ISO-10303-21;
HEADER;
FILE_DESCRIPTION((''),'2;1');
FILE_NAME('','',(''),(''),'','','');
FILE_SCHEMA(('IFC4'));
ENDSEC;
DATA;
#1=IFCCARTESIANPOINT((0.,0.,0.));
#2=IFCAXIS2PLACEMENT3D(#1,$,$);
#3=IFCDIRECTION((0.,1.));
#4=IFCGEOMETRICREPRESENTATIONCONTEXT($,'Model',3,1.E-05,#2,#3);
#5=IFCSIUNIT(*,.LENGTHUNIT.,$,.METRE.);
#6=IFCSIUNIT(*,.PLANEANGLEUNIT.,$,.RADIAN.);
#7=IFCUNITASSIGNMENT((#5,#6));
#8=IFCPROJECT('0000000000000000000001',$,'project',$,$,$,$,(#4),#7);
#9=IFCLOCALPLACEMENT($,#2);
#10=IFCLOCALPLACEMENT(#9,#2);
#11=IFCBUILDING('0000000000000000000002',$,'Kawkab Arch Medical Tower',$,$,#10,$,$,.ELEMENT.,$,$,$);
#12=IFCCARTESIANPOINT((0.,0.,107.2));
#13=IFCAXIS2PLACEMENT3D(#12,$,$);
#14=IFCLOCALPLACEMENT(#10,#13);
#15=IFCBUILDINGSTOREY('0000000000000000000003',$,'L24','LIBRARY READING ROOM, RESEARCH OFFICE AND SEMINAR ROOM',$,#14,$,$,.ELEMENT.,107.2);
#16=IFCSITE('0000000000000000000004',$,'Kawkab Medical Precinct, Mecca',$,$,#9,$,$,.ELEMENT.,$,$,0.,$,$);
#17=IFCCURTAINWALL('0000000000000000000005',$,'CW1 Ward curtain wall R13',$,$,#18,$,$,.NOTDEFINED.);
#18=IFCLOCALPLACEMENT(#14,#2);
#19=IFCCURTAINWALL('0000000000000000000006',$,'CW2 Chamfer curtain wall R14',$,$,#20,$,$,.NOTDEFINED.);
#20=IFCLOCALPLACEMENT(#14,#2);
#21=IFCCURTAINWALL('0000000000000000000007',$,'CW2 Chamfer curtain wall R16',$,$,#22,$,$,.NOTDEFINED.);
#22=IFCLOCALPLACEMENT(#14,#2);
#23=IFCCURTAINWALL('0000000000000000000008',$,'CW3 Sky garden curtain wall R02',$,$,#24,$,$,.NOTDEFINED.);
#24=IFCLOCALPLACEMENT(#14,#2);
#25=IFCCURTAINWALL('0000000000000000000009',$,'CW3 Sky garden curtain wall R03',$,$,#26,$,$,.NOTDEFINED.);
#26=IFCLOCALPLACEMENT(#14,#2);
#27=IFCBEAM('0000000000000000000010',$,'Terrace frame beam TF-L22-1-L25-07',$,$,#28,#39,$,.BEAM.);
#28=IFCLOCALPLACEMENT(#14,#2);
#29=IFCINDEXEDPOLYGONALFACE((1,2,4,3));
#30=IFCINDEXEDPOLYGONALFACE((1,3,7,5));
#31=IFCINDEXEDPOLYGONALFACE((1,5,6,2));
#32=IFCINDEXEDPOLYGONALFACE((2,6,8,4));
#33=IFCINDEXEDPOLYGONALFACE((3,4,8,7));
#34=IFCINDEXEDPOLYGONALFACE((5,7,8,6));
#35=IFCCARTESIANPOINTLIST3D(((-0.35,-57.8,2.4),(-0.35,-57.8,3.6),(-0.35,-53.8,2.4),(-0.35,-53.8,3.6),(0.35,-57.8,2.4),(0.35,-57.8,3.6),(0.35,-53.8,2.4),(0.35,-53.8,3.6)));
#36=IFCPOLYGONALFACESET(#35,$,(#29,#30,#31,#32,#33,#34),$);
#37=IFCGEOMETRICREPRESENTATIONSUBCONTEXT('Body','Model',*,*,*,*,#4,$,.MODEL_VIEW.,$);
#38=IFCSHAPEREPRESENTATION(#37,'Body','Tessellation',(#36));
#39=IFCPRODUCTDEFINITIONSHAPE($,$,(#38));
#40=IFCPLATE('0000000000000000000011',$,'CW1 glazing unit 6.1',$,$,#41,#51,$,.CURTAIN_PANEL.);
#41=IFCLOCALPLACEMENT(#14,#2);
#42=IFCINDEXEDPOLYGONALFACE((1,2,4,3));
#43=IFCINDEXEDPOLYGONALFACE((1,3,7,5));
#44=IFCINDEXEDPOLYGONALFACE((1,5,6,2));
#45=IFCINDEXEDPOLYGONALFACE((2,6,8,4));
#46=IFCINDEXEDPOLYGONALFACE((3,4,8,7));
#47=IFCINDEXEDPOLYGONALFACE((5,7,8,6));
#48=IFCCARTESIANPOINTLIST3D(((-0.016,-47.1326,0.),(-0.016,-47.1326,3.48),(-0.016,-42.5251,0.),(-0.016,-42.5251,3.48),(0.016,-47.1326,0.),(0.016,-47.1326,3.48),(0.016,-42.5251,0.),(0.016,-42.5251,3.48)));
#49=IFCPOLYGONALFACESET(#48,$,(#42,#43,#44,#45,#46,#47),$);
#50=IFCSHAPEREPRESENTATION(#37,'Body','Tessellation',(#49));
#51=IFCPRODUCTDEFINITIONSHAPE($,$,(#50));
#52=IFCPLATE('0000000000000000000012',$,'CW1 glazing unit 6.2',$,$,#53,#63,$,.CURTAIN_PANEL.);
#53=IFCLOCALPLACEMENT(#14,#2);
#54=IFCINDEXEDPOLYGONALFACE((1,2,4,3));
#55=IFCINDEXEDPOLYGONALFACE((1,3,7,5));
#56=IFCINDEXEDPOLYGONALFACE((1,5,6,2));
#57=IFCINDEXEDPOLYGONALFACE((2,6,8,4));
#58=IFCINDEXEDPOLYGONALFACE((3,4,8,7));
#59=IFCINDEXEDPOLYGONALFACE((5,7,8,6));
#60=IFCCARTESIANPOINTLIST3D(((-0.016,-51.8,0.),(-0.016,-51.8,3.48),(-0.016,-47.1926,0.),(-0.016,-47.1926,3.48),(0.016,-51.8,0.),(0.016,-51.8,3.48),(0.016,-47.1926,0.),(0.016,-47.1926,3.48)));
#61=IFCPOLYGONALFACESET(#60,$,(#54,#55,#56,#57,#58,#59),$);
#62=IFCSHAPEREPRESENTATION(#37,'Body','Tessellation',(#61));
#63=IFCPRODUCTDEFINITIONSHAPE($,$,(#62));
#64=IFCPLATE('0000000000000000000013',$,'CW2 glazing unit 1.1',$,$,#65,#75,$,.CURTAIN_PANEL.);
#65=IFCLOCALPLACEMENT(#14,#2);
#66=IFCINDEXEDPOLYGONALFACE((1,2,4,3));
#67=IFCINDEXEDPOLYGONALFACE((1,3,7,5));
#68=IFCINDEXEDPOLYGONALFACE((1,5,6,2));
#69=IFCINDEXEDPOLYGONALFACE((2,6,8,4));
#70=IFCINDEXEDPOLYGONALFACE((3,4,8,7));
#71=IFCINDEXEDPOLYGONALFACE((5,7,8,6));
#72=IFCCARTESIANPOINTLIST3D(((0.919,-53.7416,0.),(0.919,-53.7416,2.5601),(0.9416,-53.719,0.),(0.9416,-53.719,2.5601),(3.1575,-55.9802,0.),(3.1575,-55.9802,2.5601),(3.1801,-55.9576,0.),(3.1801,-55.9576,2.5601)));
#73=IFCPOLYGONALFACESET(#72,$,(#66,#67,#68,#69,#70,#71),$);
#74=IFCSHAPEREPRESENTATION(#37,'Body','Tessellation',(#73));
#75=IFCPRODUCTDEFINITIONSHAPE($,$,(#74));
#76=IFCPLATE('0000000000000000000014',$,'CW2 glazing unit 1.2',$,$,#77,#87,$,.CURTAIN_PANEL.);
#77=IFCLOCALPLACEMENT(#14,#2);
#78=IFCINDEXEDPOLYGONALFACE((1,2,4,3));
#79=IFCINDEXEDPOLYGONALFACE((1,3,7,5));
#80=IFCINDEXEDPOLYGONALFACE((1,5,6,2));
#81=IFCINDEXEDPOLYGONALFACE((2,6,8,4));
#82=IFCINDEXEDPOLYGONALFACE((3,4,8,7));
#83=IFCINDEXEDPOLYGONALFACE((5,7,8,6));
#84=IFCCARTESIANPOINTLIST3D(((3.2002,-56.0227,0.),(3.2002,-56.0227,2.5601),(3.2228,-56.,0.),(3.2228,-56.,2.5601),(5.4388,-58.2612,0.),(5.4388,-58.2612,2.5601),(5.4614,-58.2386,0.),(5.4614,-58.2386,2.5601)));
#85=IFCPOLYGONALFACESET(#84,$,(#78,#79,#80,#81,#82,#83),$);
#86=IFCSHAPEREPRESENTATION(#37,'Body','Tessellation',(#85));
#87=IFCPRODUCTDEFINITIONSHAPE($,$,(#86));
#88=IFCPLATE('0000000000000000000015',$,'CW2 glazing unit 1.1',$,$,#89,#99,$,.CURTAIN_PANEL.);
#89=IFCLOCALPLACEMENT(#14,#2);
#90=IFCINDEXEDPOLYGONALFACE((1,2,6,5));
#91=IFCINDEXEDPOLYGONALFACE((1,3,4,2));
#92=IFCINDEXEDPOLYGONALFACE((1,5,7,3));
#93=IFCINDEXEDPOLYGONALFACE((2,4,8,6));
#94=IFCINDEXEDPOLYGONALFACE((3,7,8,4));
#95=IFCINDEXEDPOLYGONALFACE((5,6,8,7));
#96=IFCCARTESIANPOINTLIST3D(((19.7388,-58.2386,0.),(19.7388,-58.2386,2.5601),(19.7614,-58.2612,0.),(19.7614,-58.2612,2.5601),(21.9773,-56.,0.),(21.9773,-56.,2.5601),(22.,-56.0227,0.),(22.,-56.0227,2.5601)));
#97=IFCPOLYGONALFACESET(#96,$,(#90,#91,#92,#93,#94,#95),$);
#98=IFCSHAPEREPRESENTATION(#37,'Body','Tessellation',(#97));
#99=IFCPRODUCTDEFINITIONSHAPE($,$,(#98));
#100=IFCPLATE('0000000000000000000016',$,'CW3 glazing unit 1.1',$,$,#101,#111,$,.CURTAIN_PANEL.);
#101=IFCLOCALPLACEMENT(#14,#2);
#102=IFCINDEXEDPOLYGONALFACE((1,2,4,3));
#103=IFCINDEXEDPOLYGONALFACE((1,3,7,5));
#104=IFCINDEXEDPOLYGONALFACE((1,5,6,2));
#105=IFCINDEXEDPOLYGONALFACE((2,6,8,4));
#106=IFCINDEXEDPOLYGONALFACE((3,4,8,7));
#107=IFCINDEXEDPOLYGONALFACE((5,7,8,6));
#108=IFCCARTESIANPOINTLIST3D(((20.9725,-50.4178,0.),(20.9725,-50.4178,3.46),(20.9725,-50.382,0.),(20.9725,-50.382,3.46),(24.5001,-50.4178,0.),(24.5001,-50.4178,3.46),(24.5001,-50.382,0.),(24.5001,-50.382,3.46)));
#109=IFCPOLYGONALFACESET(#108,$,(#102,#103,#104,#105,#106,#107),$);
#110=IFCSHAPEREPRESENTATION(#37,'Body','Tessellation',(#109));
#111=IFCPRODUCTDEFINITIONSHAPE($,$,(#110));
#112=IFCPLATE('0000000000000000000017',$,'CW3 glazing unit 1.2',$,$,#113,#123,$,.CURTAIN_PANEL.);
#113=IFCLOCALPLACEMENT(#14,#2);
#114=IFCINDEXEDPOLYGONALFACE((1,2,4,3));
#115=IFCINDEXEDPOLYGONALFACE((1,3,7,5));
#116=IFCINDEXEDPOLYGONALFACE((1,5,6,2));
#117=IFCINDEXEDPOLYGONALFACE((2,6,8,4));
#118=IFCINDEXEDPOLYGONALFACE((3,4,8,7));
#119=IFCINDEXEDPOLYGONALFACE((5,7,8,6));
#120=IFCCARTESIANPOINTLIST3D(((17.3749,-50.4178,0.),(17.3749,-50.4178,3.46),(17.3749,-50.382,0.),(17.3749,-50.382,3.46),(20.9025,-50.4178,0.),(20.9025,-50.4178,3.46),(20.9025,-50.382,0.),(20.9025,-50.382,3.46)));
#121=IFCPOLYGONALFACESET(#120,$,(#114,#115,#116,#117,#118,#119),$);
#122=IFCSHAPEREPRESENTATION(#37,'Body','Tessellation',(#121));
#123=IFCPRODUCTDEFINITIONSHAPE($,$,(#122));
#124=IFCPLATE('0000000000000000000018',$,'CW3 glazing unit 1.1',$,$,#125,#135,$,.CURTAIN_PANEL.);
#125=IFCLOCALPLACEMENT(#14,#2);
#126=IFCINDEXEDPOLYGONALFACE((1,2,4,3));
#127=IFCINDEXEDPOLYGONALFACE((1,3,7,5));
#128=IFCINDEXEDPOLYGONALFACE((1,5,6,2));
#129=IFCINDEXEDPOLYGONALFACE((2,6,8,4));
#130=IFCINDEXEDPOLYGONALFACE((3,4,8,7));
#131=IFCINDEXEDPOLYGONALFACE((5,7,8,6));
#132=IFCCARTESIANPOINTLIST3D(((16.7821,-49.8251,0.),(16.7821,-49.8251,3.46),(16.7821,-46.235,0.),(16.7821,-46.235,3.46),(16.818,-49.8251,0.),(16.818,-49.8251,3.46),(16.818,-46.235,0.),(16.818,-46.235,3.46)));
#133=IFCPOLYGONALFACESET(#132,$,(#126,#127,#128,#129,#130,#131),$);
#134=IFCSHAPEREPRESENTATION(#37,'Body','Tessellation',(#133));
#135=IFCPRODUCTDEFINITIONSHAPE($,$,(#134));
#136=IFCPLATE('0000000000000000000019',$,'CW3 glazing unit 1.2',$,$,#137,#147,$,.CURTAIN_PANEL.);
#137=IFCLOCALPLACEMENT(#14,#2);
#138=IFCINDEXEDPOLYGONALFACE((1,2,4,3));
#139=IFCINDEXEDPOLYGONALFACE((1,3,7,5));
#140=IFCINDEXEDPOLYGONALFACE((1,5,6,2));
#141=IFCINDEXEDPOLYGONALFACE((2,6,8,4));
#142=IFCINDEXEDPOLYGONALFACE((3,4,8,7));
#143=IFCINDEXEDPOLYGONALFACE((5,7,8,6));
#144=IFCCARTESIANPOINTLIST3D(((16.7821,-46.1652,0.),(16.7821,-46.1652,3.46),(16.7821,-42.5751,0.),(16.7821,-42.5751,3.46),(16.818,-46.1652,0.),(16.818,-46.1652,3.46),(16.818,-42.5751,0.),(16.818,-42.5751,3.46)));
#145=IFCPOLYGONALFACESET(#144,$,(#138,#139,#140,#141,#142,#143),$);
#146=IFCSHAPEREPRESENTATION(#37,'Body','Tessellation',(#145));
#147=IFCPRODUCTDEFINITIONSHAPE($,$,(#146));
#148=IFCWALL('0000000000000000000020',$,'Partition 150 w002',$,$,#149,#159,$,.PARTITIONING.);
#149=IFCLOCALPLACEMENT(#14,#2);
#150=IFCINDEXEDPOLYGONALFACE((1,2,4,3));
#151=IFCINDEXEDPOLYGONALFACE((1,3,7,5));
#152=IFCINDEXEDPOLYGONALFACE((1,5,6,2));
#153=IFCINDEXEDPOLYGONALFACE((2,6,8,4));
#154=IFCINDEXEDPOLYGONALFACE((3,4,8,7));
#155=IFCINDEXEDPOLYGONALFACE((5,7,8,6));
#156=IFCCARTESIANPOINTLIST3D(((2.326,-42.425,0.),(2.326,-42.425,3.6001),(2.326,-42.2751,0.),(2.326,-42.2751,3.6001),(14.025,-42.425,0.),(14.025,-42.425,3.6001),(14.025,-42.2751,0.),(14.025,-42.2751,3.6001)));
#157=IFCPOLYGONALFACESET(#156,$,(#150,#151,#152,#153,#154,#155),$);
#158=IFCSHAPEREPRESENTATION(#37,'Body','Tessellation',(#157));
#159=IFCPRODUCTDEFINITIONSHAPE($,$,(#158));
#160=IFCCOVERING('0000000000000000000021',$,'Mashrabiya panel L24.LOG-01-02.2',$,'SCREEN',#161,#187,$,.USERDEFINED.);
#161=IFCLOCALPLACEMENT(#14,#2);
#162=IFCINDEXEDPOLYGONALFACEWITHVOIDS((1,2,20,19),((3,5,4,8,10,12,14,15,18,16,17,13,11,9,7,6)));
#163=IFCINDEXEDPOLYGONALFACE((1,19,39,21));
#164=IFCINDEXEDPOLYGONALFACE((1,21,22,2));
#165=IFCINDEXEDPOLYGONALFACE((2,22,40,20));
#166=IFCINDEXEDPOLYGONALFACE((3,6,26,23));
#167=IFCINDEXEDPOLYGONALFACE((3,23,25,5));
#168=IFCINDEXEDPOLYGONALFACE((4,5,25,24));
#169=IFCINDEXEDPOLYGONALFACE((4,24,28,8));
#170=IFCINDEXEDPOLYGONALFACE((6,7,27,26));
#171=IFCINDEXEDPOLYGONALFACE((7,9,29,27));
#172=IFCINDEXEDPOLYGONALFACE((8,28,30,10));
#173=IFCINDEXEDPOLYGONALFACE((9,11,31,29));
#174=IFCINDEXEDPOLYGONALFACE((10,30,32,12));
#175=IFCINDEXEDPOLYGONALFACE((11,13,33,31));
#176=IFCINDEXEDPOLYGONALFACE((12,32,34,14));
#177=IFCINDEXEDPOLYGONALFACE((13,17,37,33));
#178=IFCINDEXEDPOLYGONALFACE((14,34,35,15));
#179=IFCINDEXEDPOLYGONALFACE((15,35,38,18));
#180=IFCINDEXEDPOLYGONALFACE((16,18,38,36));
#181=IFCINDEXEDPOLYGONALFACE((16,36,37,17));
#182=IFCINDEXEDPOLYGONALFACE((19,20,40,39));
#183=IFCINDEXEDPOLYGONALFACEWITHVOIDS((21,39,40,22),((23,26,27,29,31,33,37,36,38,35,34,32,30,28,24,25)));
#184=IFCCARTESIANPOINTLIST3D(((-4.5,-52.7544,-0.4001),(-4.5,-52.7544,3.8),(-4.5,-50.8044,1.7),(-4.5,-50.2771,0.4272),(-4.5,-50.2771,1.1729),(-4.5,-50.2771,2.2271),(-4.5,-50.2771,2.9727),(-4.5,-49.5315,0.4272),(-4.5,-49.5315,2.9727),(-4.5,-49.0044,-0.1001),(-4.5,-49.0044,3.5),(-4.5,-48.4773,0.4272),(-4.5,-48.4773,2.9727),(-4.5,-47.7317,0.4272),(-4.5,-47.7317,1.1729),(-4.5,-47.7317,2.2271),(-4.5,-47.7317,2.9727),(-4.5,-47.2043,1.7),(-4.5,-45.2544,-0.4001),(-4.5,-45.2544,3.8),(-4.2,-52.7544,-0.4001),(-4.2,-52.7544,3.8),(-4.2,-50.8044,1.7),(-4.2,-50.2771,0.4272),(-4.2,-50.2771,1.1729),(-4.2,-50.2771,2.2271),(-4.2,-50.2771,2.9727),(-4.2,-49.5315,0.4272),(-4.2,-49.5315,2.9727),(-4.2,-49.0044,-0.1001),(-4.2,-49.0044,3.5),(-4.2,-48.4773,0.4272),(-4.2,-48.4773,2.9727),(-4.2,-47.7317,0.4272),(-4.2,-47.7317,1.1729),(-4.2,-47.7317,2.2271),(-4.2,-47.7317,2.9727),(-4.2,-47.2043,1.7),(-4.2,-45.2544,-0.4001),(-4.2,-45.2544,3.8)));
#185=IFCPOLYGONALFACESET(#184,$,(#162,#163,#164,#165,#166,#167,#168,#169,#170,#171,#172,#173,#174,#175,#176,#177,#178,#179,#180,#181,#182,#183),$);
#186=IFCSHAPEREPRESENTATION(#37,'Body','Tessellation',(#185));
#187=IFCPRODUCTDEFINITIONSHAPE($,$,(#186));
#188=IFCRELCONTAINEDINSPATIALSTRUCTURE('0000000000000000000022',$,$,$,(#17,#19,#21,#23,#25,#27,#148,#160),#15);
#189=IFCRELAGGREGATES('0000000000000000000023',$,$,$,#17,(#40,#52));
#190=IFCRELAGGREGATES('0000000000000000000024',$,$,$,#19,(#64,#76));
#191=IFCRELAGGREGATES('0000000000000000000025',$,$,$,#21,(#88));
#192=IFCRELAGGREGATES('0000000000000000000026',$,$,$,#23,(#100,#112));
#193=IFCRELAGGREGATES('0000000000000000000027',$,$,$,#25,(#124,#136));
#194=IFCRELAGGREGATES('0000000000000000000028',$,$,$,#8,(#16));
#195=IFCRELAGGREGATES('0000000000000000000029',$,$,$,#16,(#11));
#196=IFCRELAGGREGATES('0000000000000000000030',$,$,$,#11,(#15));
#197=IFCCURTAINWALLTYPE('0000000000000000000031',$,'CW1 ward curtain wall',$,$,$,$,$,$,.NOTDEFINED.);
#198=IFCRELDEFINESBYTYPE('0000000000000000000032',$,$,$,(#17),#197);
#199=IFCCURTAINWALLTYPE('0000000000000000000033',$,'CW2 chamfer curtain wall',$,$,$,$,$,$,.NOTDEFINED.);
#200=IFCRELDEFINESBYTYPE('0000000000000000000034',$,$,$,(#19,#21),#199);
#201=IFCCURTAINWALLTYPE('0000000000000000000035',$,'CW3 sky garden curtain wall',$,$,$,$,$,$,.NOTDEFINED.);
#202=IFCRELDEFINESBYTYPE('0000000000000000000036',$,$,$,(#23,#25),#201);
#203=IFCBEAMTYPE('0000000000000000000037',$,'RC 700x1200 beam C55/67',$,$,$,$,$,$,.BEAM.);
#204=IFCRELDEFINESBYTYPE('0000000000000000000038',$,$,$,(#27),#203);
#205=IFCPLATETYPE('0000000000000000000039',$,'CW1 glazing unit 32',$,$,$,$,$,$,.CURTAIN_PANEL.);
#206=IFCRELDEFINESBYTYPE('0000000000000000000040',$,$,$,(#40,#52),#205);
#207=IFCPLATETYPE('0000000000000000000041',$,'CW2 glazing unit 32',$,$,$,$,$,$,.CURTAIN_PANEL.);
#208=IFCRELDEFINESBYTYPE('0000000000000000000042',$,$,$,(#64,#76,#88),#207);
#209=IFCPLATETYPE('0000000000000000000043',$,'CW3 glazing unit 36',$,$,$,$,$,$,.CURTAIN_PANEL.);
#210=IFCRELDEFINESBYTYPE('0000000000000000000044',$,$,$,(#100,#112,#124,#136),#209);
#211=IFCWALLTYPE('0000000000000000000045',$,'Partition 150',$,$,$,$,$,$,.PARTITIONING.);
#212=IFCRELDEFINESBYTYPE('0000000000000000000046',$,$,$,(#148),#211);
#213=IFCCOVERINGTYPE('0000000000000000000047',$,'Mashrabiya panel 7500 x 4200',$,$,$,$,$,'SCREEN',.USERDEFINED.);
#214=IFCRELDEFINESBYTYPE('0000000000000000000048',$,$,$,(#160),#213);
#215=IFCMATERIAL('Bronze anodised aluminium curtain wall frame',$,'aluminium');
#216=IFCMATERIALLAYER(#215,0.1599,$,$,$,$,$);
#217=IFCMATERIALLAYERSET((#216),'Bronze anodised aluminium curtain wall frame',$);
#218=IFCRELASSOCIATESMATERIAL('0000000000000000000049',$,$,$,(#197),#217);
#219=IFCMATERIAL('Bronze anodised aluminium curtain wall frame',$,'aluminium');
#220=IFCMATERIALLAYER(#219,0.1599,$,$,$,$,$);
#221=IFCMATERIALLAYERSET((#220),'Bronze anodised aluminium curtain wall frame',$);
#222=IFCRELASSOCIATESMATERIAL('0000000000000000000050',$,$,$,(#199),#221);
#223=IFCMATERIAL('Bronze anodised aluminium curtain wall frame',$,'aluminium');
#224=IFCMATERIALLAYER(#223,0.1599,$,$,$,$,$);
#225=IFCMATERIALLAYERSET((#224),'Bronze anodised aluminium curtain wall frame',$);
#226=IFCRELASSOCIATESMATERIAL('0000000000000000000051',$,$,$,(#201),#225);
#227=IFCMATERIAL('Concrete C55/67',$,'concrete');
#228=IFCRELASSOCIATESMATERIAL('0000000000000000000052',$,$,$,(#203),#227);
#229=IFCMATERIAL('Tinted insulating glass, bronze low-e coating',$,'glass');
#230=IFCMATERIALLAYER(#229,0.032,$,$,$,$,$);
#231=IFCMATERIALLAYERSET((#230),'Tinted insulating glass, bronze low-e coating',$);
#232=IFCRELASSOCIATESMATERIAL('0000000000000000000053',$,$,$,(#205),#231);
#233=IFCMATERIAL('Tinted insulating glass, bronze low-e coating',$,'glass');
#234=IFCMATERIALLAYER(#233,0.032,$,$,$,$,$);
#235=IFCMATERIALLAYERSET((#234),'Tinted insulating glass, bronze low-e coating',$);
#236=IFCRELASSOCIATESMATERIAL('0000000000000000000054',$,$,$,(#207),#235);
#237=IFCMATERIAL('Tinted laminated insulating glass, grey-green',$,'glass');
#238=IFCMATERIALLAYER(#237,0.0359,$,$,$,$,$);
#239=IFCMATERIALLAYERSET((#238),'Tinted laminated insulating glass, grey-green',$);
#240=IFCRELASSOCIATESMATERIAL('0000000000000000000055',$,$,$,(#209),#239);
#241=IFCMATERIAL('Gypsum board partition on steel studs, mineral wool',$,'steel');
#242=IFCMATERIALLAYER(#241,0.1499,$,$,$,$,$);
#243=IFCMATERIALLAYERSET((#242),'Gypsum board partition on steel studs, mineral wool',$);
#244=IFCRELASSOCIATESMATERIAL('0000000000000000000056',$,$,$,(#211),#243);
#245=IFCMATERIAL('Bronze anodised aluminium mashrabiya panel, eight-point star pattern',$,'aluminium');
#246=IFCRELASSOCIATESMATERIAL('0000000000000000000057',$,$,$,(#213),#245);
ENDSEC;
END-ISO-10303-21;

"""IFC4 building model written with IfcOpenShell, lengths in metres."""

from ifc_helpers import new_model, si_unit, direction, frame, frame_2d, origin, origin_2d, place, context, subcontext, project, spatial, polyline, rectangle, outline, extrude, material, layer, layer_set, material_profile, profile_set, type_object, element, aggregate, save


model = new_model("IFC4")

# Units and contexts
model_context = context("Model", 3, precision=1e-05, world=origin(), true_north=direction((0.0, 1.0)))
body_context = subcontext(model_context, "Body", "Model", "MODEL_VIEW")
ifc_project = project(units=[si_unit("LENGTHUNIT", "METRE"), si_unit("PLANEANGLEUNIT", "RADIAN")], contexts=[model_context])

# Site, building, storey
site_placement = place(None, origin())
site = spatial("IfcSite", under=ifc_project, at=site_placement, Name="Kawkab Medical Precinct, Mecca", CompositionType="ELEMENT", RefElevation=0.0)
building_placement = place(site_placement, origin())
building = spatial("IfcBuilding", under=site, at=building_placement, Name="Kawkab Arch Medical Tower", CompositionType="ELEMENT")
storey_placement = place(building_placement, frame((0.0, 0.0, 107.2)))
storey = spatial("IfcBuildingStorey", under=building, at=storey_placement, Name="L24", Description="LIBRARY READING ROOM, RESEARCH OFFICE AND SEMINAR ROOM", CompositionType="ELEMENT", Elevation=107.2)

# Curtain wall
ifc_material_1 = material(Name="Bronze anodised aluminium curtain wall frame", Category="aluminium")
ifc_layer_1 = layer(ifc_material_1, 0.1599)
ifc_layer_set_1 = layer_set([ifc_layer_1], Name="Bronze anodised aluminium curtain wall frame")
curtain_wall_type_1 = type_object("IfcCurtainWallType", Name="CW1 ward curtain wall", PredefinedType="NOTDEFINED", material=ifc_layer_set_1)
placement = place(storey_placement, origin())
curtain_wall_1 = element("IfcCurtainWall", 1, at=placement, inside=storey, type_object=curtain_wall_type_1, Name="CW1 Ward curtain wall R13", PredefinedType="NOTDEFINED")

# Curtain walls
ifc_material_2 = material(Name="Bronze anodised aluminium curtain wall frame", Category="aluminium")
ifc_layer_2 = layer(ifc_material_2, 0.1599)
ifc_layer_set_2 = layer_set([ifc_layer_2], Name="Bronze anodised aluminium curtain wall frame")
curtain_wall_type_2 = type_object("IfcCurtainWallType", Name="CW2 chamfer curtain wall", PredefinedType="NOTDEFINED", material=ifc_layer_set_2)
curtain_wall_2 = element("IfcCurtainWall", 2, at=placement, inside=storey, type_object=curtain_wall_type_2, Name="CW2 Chamfer curtain wall R14", PredefinedType="NOTDEFINED")
curtain_wall_3 = element("IfcCurtainWall", 3, at=placement, inside=storey, type_object=curtain_wall_type_2, Name="CW2 Chamfer curtain wall R16", PredefinedType="NOTDEFINED")

# Curtain wall
ifc_material_3 = material(Name="Bronze anodised aluminium curtain wall frame", Category="aluminium")
ifc_layer_3 = layer(ifc_material_3, 0.1599)
ifc_layer_set_3 = layer_set([ifc_layer_3], Name="Bronze anodised aluminium curtain wall frame")
curtain_wall_type_3 = type_object("IfcCurtainWallType", Name="CW3 sky garden curtain wall", PredefinedType="NOTDEFINED", material=ifc_layer_set_3)
curtain_wall_4 = element("IfcCurtainWall", 4, at=placement, inside=storey, type_object=curtain_wall_type_3, Name="CW3 Sky garden curtain wall R02", PredefinedType="NOTDEFINED")

# Curtain wall
curtain_wall_5 = element("IfcCurtainWall", 5, at=placement, inside=storey, type_object=curtain_wall_type_3, Name="CW3 Sky garden curtain wall R03", PredefinedType="NOTDEFINED")

# Beam
ifc_material_4 = material(Name="Concrete C55/67", Category="concrete")
ifc_material_profile_1 = material_profile(ifc_material_4, rectangle(XDim=0.7, YDim=1.2, at=origin_2d()), Name="RC 700x1200")
ifc_profile_set_1 = profile_set([ifc_material_profile_1], Name="Concrete C55/67")
beam_type = type_object("IfcBeamType", Name="RC 700x1200 beam C55/67", PredefinedType="BEAM", material=ifc_profile_set_1)
beam_placement = place(storey_placement, frame((0.0, -57.8, 3.0), z_axis=(0.0, 1.0, 0.0), x_axis=(-1.0, 0.0, 0.0)))
element("IfcBeam", 6, at=beam_placement, inside=storey, type_object=beam_type, Name="Terrace frame beam TF-L22-1-L25-07", PredefinedType="BEAM", context=body_context, shape_type="SweptSolid", body=[
    extrude(rectangle(XDim=0.7, YDim=1.2, at=origin_2d()), origin(), (0.0, 0.0, 1.0), 4.0),
])

# Plates
ifc_material_5 = material(Name="Tinted insulating glass, bronze low-e coating", Category="glass")
ifc_layer_4 = layer(ifc_material_5, 0.032)
ifc_layer_set_4 = layer_set([ifc_layer_4], Name="Tinted insulating glass, bronze low-e coating")
plate_type_1 = type_object("IfcPlateType", Name="CW1 glazing unit 32", PredefinedType="CURTAIN_PANEL", material=ifc_layer_set_4)
plate_1_placement = place(storey_placement, frame((0.0, -44.8289, 0.0), z_axis=(0.0, 0.0, 1.0), x_axis=(0.0, -1.0, 0.0)))
plate_1 = element("IfcPlate", 7, at=plate_1_placement, type_object=plate_type_1, Name="CW1 glazing unit 6.1", PredefinedType="CURTAIN_PANEL", context=body_context, shape_type="SweptSolid", body=[
    extrude(rectangle(XDim=4.6074, YDim=0.032, at=origin_2d()), origin(), (0.0, 0.0, 1.0), 3.48),
])
plate_2_placement = place(storey_placement, frame((0.0, -49.4963, 0.0), z_axis=(0.0, 0.0, 1.0), x_axis=(0.0, -1.0, 0.0)))
plate_2 = element("IfcPlate", 8, at=plate_2_placement, type_object=plate_type_1, Name="CW1 glazing unit 6.2", PredefinedType="CURTAIN_PANEL", context=body_context, shape_type="SweptSolid", body=[
    extrude(rectangle(XDim=4.6074, YDim=0.032, at=origin_2d()), origin(), (0.0, 0.0, 1.0), 3.48),
])
aggregate(curtain_wall_1, [plate_1, plate_2])
ifc_material_6 = material(Name="Tinted insulating glass, bronze low-e coating", Category="glass")
ifc_layer_5 = layer(ifc_material_6, 0.032)
ifc_layer_set_5 = layer_set([ifc_layer_5], Name="Tinted insulating glass, bronze low-e coating")
plate_type_2 = type_object("IfcPlateType", Name="CW2 glazing unit 32", PredefinedType="CURTAIN_PANEL", material=ifc_layer_set_5)
plate_3_placement = place(storey_placement, frame((2.0496, -54.8496, 0.0), z_axis=(0.0, 0.0, 1.0), x_axis=(0.707107, -0.707107, 0.0)))
plate_3 = element("IfcPlate", 9, at=plate_3_placement, type_object=plate_type_2, Name="CW2 glazing unit 1.1", PredefinedType="CURTAIN_PANEL", context=body_context, shape_type="SweptSolid", body=[
    extrude(rectangle(XDim=3.1658, YDim=0.032, at=origin_2d()), origin(), (0.0, 0.0, 1.0), 2.5601),
])
plate_4_placement = place(storey_placement, frame((4.3308, -57.1306, 0.0), z_axis=(0.0, 0.0, 1.0), x_axis=(0.707107, -0.707107, 0.0)))
plate_4 = element("IfcPlate", 10, at=plate_4_placement, type_object=plate_type_2, Name="CW2 glazing unit 1.2", PredefinedType="CURTAIN_PANEL", context=body_context, shape_type="SweptSolid", body=[
    extrude(rectangle(XDim=3.1658, YDim=0.032, at=origin_2d()), origin(), (0.0, 0.0, 1.0), 2.5601),
])
aggregate(curtain_wall_2, [plate_3, plate_4])
plate_5_placement = place(storey_placement, frame((20.8694, -57.1306, 0.0), z_axis=(0.0, 0.0, 1.0), x_axis=(0.707107, 0.707107, 0.0)))
plate_5 = element("IfcPlate", 11, at=plate_5_placement, type_object=plate_type_2, Name="CW2 glazing unit 1.1", PredefinedType="CURTAIN_PANEL", context=body_context, shape_type="SweptSolid", body=[
    extrude(rectangle(XDim=3.1658, YDim=0.032, at=origin_2d()), origin(), (0.0, 0.0, 1.0), 2.5601),
])
aggregate(curtain_wall_3, [plate_5])
ifc_material_7 = material(Name="Tinted laminated insulating glass, grey-green", Category="glass")
ifc_layer_6 = layer(ifc_material_7, 0.0359)
ifc_layer_set_6 = layer_set([ifc_layer_6], Name="Tinted laminated insulating glass, grey-green")
plate_type_3 = type_object("IfcPlateType", Name="CW3 glazing unit 36", PredefinedType="CURTAIN_PANEL", material=ifc_layer_set_6)
plate_6_placement = place(storey_placement, frame((22.7363, -50.3999, 0.0), z_axis=(0.0, 0.0, 1.0), x_axis=(-1.0, 0.0, 0.0)))
plate_6 = element("IfcPlate", 12, at=plate_6_placement, type_object=plate_type_3, Name="CW3 glazing unit 1.1", PredefinedType="CURTAIN_PANEL", context=body_context, shape_type="SweptSolid", body=[
    extrude(rectangle(XDim=3.5276, YDim=0.0359, at=origin_2d()), origin(), (0.0, 0.0, 1.0), 3.46),
])
plate_7_placement = place(storey_placement, frame((19.1387, -50.3999, 0.0), z_axis=(0.0, 0.0, 1.0), x_axis=(-1.0, 0.0, 0.0)))
plate_7 = element("IfcPlate", 13, at=plate_7_placement, type_object=plate_type_3, Name="CW3 glazing unit 1.2", PredefinedType="CURTAIN_PANEL", context=body_context, shape_type="SweptSolid", body=[
    extrude(rectangle(XDim=3.5276, YDim=0.0359, at=origin_2d()), origin(), (0.0, 0.0, 1.0), 3.46),
])
aggregate(curtain_wall_4, [plate_6, plate_7])
plate_8_placement = place(storey_placement, frame((16.8, -48.03, 0.0), z_axis=(0.0, 0.0, 1.0), x_axis=(0.0, 1.0, 0.0)))
plate_8 = element("IfcPlate", 14, at=plate_8_placement, type_object=plate_type_3, Name="CW3 glazing unit 1.1", PredefinedType="CURTAIN_PANEL", context=body_context, shape_type="SweptSolid", body=[
    extrude(rectangle(XDim=3.5901, YDim=0.0359, at=origin_2d()), origin(), (0.0, 0.0, 1.0), 3.46),
])
plate_9_placement = place(storey_placement, frame((16.8, -44.3701, 0.0), z_axis=(0.0, 0.0, 1.0), x_axis=(0.0, 1.0, 0.0)))
plate_9 = element("IfcPlate", 15, at=plate_9_placement, type_object=plate_type_3, Name="CW3 glazing unit 1.2", PredefinedType="CURTAIN_PANEL", context=body_context, shape_type="SweptSolid", body=[
    extrude(rectangle(XDim=3.5901, YDim=0.0359, at=origin_2d()), origin(), (0.0, 0.0, 1.0), 3.46),
])
aggregate(curtain_wall_5, [plate_8, plate_9])

# Wall
ifc_material_8 = material(Name="Gypsum board partition on steel studs, mineral wool", Category="steel")
ifc_layer_7 = layer(ifc_material_8, 0.1499)
ifc_layer_set_7 = layer_set([ifc_layer_7], Name="Gypsum board partition on steel studs, mineral wool")
wall_type = type_object("IfcWallType", Name="Partition 150", PredefinedType="PARTITIONING", material=ifc_layer_set_7)
wall_placement = place(storey_placement, frame((2.3259, -42.3501, 0.0), z_axis=(0.0, 0.0, 1.0), x_axis=(1.0, 0.0, 0.0)))
element("IfcWall", 16, at=wall_placement, inside=storey, type_object=wall_type, Name="Partition 150 w002", PredefinedType="PARTITIONING", context=body_context, shape_type="SweptSolid", body=[
    extrude(rectangle(XDim=11.699, YDim=0.1499, at=frame_2d((5.8496, 0.0))), origin(), (0.0, 0.0, 1.0), 3.6001),
])

# Covering
ifc_material_9 = material(Name="Bronze anodised aluminium mashrabiya panel, eight-point star pattern", Category="aluminium")
ifc_material_profile_2 = material_profile(ifc_material_9, outline(polyline([(-3.75, -2.1001), (3.75, -2.1001), (3.75, 2.1001), (-3.75, 2.1001), (-3.75, -2.1001)]), holes=[polyline([(1.8, 0.0), (1.2727, 0.5271), (1.2727, 1.2727), (0.5271, 1.2727), (0.0, 1.8), (-0.5271, 1.2727), (-1.2727, 1.2727), (-1.2727, 0.5271), (-1.8, 0.0), (-1.2727, -0.5271), (-1.2727, -1.2727), (-0.5271, -1.2727), (0.0, -1.8), (0.5271, -1.2727), (1.2727, -1.2727), (1.2727, -0.5271), (1.8, 0.0)])]), Name="Mashrabiya panel 7500x4200")
ifc_profile_set_2 = profile_set([ifc_material_profile_2], Name="Bronze anodised aluminium mashrabiya panel, eight-point star pattern")
covering_type_1 = type_object("IfcCoveringType", Name="Mashrabiya panel 7500 x 4200", ElementType="SCREEN", PredefinedType="USERDEFINED", material=ifc_profile_set_2)
covering_1_placement = place(storey_placement, frame((-4.2, -49.0044, 1.7), z_axis=(-1.0, 0.0, 0.0), x_axis=(0.0, -1.0, 0.0)))
element("IfcCovering", 17, at=covering_1_placement, inside=storey, type_object=covering_type_1, Name="Mashrabiya panel L24.LOG-01-02.2", ObjectType="SCREEN", PredefinedType="USERDEFINED", context=body_context, shape_type="SweptSolid", body=[
    extrude(outline(polyline([(-3.75, -2.1001), (3.75, -2.1001), (3.75, 2.1001), (-3.75, 2.1001), (-3.75, -2.1001)]), holes=[polyline([(1.8, 0.0), (1.2727, 0.5271), (1.2727, 1.2727), (0.5271, 1.2727), (0.0, 1.8), (-0.5271, 1.2727), (-1.2727, 1.2727), (-1.2727, 0.5271), (-1.8, 0.0), (-1.2727, -0.5271), (-1.2727, -1.2727), (-0.5271, -1.2727), (0.0, -1.8), (0.5271, -1.2727), (1.2727, -1.2727), (1.2727, -0.5271), (1.8, 0.0)])]), origin(), (0.0, 0.0, 1.0), 0.3),
])

save(model, "model.ifc")
